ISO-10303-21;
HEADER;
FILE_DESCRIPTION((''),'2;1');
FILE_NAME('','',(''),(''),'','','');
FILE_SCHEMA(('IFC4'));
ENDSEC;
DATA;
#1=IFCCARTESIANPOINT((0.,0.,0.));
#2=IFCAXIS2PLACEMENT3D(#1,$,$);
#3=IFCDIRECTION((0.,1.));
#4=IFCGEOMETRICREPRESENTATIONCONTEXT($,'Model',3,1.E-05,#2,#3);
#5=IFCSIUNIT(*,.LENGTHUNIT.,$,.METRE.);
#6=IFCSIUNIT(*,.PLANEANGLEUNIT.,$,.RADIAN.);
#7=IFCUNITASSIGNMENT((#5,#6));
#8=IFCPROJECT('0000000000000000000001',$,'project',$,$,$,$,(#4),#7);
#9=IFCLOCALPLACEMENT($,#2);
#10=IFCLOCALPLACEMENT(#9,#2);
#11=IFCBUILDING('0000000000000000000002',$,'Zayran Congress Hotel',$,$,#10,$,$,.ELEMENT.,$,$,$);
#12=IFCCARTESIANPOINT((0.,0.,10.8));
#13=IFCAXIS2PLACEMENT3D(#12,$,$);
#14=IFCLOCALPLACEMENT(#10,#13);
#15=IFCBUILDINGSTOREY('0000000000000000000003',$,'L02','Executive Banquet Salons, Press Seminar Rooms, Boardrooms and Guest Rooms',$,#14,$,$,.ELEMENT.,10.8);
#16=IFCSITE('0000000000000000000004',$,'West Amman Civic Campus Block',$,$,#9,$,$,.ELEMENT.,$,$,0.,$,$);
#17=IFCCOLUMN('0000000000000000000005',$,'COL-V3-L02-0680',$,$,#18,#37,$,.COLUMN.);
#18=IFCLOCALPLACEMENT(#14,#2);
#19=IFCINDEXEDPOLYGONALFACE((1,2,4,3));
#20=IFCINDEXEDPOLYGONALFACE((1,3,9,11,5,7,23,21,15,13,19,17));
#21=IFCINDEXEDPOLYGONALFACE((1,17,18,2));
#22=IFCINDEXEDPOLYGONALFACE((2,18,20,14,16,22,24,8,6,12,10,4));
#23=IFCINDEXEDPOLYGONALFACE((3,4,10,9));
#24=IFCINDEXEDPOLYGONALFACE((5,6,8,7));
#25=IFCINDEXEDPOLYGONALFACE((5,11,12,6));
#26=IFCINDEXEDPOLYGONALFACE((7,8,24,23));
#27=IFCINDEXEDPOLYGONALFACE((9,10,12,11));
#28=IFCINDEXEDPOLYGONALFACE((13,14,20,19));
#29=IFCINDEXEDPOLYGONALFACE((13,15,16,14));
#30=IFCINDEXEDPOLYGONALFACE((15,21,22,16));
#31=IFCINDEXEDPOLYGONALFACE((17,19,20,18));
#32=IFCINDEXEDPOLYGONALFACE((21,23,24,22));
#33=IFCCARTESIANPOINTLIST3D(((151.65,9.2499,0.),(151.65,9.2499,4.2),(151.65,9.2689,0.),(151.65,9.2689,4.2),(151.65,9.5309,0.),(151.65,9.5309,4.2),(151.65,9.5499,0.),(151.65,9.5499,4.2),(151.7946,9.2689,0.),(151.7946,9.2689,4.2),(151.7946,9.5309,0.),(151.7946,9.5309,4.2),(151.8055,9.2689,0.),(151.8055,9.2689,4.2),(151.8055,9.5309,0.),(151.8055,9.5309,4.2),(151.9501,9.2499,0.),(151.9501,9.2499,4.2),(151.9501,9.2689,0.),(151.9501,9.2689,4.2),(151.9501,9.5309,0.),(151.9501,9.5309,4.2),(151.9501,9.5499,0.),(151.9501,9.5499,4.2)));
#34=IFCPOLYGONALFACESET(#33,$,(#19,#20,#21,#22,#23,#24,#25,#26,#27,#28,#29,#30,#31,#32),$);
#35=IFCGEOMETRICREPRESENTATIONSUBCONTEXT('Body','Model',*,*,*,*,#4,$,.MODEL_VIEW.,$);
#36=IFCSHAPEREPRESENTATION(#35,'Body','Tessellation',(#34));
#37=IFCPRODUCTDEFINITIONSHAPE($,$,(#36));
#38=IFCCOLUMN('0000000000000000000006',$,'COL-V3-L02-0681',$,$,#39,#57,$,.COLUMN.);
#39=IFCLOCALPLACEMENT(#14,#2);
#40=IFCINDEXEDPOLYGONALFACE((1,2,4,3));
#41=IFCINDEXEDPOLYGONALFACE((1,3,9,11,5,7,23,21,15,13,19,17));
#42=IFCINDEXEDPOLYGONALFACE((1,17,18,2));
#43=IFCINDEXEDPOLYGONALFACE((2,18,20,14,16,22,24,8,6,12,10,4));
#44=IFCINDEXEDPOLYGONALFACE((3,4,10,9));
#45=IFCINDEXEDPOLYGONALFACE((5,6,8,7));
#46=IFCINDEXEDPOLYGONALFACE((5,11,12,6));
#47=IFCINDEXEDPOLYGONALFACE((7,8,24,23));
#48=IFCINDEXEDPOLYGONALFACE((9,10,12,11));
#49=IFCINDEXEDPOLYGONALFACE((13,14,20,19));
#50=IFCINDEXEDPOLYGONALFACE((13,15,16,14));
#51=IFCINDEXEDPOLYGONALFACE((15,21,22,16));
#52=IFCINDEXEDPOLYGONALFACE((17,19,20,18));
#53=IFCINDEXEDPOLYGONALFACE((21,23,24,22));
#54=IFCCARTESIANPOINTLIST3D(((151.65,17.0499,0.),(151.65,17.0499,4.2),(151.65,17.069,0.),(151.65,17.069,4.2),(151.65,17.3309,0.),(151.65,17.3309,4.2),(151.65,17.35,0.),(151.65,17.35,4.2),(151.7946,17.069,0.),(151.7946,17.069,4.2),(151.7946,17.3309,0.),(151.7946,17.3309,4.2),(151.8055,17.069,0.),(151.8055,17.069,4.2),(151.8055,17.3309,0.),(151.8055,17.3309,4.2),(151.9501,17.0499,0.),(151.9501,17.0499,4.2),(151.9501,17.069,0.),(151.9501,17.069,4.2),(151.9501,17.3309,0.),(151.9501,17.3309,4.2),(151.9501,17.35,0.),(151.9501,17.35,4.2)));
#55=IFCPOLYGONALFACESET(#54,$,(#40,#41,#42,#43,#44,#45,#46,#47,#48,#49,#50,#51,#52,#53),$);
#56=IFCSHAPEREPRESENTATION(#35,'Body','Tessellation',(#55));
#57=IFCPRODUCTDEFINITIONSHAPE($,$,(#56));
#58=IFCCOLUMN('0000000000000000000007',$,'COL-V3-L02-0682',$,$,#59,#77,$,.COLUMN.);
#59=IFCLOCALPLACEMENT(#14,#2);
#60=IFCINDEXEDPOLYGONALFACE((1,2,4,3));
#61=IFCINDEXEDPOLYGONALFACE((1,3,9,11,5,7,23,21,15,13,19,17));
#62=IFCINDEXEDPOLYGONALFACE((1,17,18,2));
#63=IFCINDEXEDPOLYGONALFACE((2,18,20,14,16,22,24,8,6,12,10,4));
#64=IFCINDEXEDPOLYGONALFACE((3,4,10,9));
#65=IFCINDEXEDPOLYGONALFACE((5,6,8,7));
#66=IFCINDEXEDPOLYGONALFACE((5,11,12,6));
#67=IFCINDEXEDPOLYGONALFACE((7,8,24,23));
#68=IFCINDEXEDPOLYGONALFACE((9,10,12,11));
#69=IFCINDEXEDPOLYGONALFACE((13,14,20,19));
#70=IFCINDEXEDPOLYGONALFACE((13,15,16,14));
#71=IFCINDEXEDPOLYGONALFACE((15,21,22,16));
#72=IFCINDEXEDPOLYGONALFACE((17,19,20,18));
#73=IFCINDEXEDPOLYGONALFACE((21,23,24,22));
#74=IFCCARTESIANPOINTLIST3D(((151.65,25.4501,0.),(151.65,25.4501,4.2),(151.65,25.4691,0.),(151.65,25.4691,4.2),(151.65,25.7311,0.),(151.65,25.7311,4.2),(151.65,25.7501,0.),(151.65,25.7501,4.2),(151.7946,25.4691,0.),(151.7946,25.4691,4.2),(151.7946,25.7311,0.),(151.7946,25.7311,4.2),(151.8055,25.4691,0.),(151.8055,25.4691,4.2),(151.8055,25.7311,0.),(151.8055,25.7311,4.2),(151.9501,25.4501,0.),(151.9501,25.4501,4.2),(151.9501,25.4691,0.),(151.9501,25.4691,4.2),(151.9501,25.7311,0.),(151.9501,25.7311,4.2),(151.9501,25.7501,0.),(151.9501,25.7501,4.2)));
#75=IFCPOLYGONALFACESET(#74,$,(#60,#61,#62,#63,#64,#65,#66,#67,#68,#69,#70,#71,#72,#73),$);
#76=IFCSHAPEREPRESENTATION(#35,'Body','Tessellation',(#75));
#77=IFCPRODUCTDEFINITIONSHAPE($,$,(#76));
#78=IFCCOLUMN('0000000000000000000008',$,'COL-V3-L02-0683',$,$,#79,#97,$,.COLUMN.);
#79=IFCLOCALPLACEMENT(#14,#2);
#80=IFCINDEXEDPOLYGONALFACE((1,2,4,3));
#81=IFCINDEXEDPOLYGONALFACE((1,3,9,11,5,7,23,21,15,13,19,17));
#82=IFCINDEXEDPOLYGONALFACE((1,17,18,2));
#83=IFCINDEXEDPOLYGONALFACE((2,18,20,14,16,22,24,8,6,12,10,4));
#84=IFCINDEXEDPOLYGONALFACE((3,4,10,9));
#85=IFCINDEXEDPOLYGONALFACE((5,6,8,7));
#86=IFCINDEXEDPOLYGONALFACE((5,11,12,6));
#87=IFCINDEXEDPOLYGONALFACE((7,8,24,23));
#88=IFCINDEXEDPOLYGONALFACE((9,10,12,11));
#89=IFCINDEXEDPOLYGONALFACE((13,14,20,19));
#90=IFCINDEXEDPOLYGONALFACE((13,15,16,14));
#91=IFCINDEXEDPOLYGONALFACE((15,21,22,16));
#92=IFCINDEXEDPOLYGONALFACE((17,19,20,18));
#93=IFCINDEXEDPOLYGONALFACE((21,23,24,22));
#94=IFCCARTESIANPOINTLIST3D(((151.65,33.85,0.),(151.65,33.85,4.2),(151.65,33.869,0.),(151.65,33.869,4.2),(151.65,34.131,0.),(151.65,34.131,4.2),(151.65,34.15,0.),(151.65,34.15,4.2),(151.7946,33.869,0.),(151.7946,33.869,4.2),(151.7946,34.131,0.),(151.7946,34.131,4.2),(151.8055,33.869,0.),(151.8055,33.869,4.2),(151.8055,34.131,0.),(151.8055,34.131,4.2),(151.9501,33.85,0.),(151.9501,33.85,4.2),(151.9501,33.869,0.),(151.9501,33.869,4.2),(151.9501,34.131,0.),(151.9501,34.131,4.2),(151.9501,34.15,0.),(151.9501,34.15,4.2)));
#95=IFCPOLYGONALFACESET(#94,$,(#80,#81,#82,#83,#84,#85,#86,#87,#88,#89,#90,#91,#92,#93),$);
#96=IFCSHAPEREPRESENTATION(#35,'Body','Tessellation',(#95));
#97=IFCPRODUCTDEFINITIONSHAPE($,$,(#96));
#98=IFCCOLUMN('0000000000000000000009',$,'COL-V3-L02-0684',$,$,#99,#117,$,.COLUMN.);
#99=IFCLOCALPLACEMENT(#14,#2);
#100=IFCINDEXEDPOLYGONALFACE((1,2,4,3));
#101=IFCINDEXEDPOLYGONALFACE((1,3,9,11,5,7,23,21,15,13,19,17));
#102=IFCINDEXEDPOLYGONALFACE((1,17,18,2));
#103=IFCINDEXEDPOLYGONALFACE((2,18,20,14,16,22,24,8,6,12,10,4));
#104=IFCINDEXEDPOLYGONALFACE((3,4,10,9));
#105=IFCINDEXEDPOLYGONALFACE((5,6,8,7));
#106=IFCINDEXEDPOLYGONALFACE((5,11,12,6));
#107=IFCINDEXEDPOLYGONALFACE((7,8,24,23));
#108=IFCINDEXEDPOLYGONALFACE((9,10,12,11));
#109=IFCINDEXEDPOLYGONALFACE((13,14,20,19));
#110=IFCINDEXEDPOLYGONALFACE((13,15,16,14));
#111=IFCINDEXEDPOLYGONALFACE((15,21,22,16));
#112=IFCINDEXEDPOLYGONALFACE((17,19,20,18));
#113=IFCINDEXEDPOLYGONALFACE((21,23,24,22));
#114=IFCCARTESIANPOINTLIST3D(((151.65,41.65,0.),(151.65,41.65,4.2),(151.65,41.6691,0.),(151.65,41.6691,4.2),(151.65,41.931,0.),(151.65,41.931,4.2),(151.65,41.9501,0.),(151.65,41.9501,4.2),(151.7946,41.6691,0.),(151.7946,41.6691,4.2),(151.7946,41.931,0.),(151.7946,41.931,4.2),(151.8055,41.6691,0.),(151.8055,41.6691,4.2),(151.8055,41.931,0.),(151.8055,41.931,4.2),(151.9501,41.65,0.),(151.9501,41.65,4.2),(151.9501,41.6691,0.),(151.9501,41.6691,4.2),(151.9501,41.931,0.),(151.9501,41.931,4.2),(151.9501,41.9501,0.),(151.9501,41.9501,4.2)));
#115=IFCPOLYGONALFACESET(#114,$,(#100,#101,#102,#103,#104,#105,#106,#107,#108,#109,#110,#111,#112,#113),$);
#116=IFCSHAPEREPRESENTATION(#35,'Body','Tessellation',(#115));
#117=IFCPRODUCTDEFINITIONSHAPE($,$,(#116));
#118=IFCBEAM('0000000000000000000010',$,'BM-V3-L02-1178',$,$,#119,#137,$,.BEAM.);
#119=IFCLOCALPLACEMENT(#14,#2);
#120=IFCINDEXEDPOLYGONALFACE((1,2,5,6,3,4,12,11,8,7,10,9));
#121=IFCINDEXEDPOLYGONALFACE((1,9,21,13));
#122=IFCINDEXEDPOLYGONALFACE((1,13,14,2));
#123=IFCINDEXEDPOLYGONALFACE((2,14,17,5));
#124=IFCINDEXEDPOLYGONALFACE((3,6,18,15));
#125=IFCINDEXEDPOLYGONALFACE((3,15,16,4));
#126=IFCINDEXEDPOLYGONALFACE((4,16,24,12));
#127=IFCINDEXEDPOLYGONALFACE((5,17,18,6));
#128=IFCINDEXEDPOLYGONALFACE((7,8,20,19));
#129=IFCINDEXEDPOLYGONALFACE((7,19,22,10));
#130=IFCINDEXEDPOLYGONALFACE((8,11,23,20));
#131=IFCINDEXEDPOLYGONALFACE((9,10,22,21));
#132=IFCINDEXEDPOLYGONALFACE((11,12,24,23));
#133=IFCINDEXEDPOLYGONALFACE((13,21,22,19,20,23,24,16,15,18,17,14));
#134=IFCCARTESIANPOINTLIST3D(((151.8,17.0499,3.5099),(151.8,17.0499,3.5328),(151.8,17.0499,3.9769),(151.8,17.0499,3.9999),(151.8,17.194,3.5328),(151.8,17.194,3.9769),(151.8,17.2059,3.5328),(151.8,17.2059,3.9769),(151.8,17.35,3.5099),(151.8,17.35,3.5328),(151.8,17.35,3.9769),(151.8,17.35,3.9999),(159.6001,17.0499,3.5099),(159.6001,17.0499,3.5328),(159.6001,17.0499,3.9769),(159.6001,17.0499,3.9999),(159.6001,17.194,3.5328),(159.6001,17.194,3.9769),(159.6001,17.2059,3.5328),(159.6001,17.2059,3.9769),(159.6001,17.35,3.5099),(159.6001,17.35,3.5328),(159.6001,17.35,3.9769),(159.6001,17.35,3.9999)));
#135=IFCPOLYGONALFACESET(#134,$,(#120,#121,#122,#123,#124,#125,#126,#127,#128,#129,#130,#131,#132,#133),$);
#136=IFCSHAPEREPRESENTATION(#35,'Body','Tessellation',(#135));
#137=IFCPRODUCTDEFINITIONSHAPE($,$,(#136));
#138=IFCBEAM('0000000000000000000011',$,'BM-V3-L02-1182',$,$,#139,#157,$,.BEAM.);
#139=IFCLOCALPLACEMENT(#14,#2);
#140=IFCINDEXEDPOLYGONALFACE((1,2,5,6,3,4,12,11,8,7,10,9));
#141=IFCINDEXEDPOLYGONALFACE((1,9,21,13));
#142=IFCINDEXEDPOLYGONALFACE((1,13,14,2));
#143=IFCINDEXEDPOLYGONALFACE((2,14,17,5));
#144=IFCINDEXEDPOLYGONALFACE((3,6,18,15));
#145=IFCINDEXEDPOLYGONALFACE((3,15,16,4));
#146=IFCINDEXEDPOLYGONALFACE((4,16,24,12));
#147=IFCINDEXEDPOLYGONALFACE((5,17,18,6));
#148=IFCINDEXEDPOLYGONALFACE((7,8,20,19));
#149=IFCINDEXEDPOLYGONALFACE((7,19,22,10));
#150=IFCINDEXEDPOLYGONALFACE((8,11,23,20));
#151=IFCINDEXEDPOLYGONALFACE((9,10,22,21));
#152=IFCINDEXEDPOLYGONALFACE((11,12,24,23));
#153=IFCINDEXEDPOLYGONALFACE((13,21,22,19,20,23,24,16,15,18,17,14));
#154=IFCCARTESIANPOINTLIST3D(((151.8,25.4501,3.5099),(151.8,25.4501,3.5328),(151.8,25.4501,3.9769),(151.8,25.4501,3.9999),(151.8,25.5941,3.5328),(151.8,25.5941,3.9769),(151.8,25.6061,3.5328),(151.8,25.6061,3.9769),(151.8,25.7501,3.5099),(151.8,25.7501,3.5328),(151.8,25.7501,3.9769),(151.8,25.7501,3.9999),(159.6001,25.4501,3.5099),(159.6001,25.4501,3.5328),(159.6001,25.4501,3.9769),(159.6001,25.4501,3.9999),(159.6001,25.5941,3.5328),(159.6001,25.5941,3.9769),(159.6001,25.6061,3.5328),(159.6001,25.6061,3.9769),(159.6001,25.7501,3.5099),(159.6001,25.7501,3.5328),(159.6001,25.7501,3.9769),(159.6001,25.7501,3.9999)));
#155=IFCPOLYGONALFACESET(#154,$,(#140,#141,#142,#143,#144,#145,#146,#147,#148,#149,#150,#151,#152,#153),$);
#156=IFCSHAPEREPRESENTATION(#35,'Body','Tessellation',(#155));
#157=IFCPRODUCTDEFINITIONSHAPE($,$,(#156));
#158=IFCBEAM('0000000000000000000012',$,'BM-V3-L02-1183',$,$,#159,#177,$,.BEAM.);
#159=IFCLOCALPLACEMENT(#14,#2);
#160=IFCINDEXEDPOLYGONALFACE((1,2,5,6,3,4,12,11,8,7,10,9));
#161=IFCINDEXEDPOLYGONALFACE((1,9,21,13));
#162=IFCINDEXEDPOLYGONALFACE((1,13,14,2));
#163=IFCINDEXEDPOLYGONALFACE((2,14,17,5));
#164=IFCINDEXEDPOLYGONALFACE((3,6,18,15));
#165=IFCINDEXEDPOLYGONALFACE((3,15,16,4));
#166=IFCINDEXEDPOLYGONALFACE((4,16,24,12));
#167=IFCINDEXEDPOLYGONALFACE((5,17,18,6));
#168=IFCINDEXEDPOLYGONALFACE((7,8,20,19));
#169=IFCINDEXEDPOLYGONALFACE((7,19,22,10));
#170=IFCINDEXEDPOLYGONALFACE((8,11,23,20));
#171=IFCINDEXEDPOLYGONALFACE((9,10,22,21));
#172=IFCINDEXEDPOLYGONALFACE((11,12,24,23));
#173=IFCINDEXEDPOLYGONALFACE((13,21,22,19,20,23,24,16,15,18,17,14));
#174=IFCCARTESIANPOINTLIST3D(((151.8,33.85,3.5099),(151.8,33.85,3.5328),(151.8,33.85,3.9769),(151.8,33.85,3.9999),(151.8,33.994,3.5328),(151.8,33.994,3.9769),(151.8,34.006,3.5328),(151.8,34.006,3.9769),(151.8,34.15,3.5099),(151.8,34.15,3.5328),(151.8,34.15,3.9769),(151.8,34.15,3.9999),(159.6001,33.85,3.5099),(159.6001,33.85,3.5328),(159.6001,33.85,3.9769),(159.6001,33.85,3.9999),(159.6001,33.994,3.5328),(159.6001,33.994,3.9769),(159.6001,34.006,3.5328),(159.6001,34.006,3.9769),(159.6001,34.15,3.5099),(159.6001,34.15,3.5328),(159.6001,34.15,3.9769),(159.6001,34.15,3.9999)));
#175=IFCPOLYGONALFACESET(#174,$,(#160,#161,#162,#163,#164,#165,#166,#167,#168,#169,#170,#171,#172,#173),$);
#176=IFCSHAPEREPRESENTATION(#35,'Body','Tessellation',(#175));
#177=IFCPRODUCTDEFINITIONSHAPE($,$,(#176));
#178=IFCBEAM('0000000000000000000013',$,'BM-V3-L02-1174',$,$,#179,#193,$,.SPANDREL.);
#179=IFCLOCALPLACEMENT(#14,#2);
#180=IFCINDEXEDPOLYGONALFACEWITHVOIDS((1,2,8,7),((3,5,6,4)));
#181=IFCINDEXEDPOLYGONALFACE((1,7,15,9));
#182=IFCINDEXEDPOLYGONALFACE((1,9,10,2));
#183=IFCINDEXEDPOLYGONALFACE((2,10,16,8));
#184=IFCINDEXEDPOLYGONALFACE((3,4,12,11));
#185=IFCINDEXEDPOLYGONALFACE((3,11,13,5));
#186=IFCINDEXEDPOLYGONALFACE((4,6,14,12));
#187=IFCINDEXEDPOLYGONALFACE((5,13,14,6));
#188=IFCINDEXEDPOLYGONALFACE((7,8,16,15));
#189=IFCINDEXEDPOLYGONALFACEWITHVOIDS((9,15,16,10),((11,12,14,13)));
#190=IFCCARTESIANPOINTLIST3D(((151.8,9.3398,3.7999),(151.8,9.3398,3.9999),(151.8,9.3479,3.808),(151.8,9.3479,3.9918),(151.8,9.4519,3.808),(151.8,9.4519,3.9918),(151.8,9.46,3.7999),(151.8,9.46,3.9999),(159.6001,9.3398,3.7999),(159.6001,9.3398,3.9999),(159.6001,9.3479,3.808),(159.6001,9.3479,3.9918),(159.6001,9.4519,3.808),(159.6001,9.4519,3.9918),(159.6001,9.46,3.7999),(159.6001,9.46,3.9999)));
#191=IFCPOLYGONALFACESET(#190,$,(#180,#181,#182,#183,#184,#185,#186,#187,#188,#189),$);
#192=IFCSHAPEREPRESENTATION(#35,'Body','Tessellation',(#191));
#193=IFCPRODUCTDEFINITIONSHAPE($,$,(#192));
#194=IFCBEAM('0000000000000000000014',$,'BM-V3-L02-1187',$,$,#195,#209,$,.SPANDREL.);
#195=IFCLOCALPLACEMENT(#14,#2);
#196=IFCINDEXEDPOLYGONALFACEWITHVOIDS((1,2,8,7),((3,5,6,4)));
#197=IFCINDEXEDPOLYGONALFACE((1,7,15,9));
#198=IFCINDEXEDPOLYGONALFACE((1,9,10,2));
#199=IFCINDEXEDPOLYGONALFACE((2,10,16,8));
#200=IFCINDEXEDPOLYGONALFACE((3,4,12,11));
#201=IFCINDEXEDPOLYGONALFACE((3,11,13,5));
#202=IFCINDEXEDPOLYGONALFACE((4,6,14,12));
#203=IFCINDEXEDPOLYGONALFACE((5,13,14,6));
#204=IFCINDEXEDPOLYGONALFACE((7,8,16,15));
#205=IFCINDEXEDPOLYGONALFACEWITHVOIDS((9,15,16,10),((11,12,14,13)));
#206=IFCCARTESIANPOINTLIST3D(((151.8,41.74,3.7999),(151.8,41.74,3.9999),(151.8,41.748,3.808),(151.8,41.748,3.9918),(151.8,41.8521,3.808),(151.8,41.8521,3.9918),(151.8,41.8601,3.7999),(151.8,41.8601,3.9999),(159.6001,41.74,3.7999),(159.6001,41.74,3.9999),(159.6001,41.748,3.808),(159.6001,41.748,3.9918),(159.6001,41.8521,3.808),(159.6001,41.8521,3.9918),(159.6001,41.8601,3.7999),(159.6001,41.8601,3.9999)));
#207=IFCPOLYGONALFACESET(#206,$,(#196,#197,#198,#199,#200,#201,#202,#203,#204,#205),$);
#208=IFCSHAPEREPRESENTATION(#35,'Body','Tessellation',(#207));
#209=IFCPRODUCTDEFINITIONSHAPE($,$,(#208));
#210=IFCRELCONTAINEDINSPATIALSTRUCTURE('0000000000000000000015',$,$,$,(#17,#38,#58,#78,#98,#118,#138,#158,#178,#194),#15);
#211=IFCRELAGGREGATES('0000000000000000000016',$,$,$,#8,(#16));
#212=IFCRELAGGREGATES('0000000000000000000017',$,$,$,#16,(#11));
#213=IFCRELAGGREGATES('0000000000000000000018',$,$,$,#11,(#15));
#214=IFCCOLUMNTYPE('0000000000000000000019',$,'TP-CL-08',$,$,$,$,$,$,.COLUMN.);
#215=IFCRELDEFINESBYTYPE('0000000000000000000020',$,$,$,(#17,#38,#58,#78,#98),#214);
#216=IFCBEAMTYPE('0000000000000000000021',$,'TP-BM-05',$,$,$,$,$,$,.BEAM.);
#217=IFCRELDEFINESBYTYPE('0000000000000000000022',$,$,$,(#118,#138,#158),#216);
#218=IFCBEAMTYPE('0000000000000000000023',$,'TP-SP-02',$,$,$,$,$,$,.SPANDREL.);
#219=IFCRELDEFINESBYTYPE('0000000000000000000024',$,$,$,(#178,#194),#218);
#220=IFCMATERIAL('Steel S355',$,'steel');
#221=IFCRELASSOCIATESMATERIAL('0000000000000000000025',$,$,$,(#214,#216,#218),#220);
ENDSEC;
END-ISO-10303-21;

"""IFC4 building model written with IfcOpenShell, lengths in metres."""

from ifc_helpers import new_model, si_unit, direction, frame, origin, origin_2d, place, context, subcontext, project, spatial, hollow_rectangle, i_section, extrude, material, material_profile, profile_set, type_object, element, save


model = new_model("IFC4")

# Units and contexts
model_context = context("Model", 3, precision=1e-05, world=origin(), true_north=direction((0.0, 1.0)))
body_context = subcontext(model_context, "Body", "Model", "MODEL_VIEW")
ifc_project = project(units=[si_unit("LENGTHUNIT", "METRE"), si_unit("PLANEANGLEUNIT", "RADIAN")], contexts=[model_context])

# Site, building, storey
site_placement = place(None, origin())
site = spatial("IfcSite", under=ifc_project, at=site_placement, Name="West Amman Civic Campus Block", CompositionType="ELEMENT", RefElevation=0.0)
building_placement = place(site_placement, origin())
building = spatial("IfcBuilding", under=site, at=building_placement, Name="Zayran Congress Hotel", CompositionType="ELEMENT")
storey_placement = place(building_placement, frame((0.0, 0.0, 10.8)))
storey = spatial("IfcBuildingStorey", under=building, at=storey_placement, Name="L02", Description="Executive Banquet Salons, Press Seminar Rooms, Boardrooms and Guest Rooms", CompositionType="ELEMENT", Elevation=10.8)

# Columns
ifc_material_1 = material(Name="Steel S355", Category="steel")
ifc_material_profile_1 = material_profile(ifc_material_1, i_section(OverallWidth=0.3, OverallDepth=0.3, WebThickness=0.011, FlangeThickness=0.019, at=origin_2d()), Name="HEB 300")
ifc_profile_set_1 = profile_set([ifc_material_profile_1], Name="Steel S355")
column_type = type_object("IfcColumnType", Name="TP-CL-08", PredefinedType="COLUMN", material=ifc_profile_set_1)
for number, where, z_axis, x_axis, name in (
    (1, (151.8, 9.3999, 0.0), (0.0, 0.0, 1.0), (1.0, 0.0, 0.0), "COL-V3-L02-0680"),
    (2, (151.8, 17.2, 0.0), (0.0, 0.0, 1.0), (1.0, 0.0, 0.0), "COL-V3-L02-0681"),
    (3, (151.8, 25.6001, 0.0), (0.0, 0.0, 1.0), (1.0, 0.0, 0.0), "COL-V3-L02-0682"),
    (4, (151.8, 34.0, 0.0), (0.0, 0.0, 1.0), (1.0, 0.0, 0.0), "COL-V3-L02-0683"),
    (5, (151.8, 41.8, 0.0), (0.0, 0.0, 1.0), (1.0, 0.0, 0.0), "COL-V3-L02-0684"),
):
    element("IfcColumn", number, at=place(storey_placement, frame(where, z_axis=z_axis, x_axis=x_axis)), inside=storey, type_object=column_type, Name=name, PredefinedType="COLUMN", context=body_context, shape_type="SweptSolid", body=[
        extrude(i_section(OverallWidth=0.3, OverallDepth=0.3, WebThickness=0.011, FlangeThickness=0.019, at=origin_2d()), origin(), (0.0, 0.0, 1.0), 4.2),
    ])

# Beams
ifc_material_profile_2 = material_profile(ifc_material_1, i_section(OverallWidth=0.3, OverallDepth=0.49, WebThickness=0.012, FlangeThickness=0.0229, at=origin_2d()), Name="HEA 500")
ifc_profile_set_2 = profile_set([ifc_material_profile_2], Name="Steel S355")
beam_type_1 = type_object("IfcBeamType", Name="TP-BM-05", PredefinedType="BEAM", material=ifc_profile_set_2)
for number, where, z_axis, x_axis, name in (
    (6, (151.8, 17.2, 3.7549), (1.0, 0.0, 0.0), (0.0, 1.0, 0.0), "BM-V3-L02-1178"),
    (7, (151.8, 25.6001, 3.7549), (1.0, 0.0, 0.0), (0.0, 1.0, 0.0), "BM-V3-L02-1182"),
    (8, (151.8, 34.0, 3.7549), (1.0, 0.0, 0.0), (0.0, 1.0, 0.0), "BM-V3-L02-1183"),
):
    element("IfcBeam", number, at=place(storey_placement, frame(where, z_axis=z_axis, x_axis=x_axis)), inside=storey, type_object=beam_type_1, Name=name, PredefinedType="BEAM", context=body_context, shape_type="SweptSolid", body=[
        extrude(i_section(OverallWidth=0.3, OverallDepth=0.49, WebThickness=0.012, FlangeThickness=0.0229, at=origin_2d()), origin(), (0.0, 0.0, 1.0), 7.8),
    ])
ifc_material_profile_3 = material_profile(ifc_material_1, hollow_rectangle(XDim=0.1201, YDim=0.2, WallThickness=0.0081, at=origin_2d()), Name="RHS 200x120x8")
ifc_profile_set_3 = profile_set([ifc_material_profile_3], Name="Steel S355")
beam_type_2 = type_object("IfcBeamType", Name="TP-SP-02", PredefinedType="SPANDREL", material=ifc_profile_set_3)
for number, where, z_axis, x_axis, name in (
    (9, (151.8, 9.3999, 3.8999), (1.0, 0.0, 0.0), (0.0, 1.0, 0.0), "BM-V3-L02-1174"),
    (10, (151.8, 41.8, 3.8999), (1.0, 0.0, 0.0), (0.0, 1.0, 0.0), "BM-V3-L02-1187"),
):
    element("IfcBeam", number, at=place(storey_placement, frame(where, z_axis=z_axis, x_axis=x_axis)), inside=storey, type_object=beam_type_2, Name=name, PredefinedType="SPANDREL", context=body_context, shape_type="SweptSolid", body=[
        extrude(hollow_rectangle(XDim=0.1201, YDim=0.2, WallThickness=0.0081, at=origin_2d()), origin(), (0.0, 0.0, 1.0), 7.8),
    ])

save(model, "model.ifc")
